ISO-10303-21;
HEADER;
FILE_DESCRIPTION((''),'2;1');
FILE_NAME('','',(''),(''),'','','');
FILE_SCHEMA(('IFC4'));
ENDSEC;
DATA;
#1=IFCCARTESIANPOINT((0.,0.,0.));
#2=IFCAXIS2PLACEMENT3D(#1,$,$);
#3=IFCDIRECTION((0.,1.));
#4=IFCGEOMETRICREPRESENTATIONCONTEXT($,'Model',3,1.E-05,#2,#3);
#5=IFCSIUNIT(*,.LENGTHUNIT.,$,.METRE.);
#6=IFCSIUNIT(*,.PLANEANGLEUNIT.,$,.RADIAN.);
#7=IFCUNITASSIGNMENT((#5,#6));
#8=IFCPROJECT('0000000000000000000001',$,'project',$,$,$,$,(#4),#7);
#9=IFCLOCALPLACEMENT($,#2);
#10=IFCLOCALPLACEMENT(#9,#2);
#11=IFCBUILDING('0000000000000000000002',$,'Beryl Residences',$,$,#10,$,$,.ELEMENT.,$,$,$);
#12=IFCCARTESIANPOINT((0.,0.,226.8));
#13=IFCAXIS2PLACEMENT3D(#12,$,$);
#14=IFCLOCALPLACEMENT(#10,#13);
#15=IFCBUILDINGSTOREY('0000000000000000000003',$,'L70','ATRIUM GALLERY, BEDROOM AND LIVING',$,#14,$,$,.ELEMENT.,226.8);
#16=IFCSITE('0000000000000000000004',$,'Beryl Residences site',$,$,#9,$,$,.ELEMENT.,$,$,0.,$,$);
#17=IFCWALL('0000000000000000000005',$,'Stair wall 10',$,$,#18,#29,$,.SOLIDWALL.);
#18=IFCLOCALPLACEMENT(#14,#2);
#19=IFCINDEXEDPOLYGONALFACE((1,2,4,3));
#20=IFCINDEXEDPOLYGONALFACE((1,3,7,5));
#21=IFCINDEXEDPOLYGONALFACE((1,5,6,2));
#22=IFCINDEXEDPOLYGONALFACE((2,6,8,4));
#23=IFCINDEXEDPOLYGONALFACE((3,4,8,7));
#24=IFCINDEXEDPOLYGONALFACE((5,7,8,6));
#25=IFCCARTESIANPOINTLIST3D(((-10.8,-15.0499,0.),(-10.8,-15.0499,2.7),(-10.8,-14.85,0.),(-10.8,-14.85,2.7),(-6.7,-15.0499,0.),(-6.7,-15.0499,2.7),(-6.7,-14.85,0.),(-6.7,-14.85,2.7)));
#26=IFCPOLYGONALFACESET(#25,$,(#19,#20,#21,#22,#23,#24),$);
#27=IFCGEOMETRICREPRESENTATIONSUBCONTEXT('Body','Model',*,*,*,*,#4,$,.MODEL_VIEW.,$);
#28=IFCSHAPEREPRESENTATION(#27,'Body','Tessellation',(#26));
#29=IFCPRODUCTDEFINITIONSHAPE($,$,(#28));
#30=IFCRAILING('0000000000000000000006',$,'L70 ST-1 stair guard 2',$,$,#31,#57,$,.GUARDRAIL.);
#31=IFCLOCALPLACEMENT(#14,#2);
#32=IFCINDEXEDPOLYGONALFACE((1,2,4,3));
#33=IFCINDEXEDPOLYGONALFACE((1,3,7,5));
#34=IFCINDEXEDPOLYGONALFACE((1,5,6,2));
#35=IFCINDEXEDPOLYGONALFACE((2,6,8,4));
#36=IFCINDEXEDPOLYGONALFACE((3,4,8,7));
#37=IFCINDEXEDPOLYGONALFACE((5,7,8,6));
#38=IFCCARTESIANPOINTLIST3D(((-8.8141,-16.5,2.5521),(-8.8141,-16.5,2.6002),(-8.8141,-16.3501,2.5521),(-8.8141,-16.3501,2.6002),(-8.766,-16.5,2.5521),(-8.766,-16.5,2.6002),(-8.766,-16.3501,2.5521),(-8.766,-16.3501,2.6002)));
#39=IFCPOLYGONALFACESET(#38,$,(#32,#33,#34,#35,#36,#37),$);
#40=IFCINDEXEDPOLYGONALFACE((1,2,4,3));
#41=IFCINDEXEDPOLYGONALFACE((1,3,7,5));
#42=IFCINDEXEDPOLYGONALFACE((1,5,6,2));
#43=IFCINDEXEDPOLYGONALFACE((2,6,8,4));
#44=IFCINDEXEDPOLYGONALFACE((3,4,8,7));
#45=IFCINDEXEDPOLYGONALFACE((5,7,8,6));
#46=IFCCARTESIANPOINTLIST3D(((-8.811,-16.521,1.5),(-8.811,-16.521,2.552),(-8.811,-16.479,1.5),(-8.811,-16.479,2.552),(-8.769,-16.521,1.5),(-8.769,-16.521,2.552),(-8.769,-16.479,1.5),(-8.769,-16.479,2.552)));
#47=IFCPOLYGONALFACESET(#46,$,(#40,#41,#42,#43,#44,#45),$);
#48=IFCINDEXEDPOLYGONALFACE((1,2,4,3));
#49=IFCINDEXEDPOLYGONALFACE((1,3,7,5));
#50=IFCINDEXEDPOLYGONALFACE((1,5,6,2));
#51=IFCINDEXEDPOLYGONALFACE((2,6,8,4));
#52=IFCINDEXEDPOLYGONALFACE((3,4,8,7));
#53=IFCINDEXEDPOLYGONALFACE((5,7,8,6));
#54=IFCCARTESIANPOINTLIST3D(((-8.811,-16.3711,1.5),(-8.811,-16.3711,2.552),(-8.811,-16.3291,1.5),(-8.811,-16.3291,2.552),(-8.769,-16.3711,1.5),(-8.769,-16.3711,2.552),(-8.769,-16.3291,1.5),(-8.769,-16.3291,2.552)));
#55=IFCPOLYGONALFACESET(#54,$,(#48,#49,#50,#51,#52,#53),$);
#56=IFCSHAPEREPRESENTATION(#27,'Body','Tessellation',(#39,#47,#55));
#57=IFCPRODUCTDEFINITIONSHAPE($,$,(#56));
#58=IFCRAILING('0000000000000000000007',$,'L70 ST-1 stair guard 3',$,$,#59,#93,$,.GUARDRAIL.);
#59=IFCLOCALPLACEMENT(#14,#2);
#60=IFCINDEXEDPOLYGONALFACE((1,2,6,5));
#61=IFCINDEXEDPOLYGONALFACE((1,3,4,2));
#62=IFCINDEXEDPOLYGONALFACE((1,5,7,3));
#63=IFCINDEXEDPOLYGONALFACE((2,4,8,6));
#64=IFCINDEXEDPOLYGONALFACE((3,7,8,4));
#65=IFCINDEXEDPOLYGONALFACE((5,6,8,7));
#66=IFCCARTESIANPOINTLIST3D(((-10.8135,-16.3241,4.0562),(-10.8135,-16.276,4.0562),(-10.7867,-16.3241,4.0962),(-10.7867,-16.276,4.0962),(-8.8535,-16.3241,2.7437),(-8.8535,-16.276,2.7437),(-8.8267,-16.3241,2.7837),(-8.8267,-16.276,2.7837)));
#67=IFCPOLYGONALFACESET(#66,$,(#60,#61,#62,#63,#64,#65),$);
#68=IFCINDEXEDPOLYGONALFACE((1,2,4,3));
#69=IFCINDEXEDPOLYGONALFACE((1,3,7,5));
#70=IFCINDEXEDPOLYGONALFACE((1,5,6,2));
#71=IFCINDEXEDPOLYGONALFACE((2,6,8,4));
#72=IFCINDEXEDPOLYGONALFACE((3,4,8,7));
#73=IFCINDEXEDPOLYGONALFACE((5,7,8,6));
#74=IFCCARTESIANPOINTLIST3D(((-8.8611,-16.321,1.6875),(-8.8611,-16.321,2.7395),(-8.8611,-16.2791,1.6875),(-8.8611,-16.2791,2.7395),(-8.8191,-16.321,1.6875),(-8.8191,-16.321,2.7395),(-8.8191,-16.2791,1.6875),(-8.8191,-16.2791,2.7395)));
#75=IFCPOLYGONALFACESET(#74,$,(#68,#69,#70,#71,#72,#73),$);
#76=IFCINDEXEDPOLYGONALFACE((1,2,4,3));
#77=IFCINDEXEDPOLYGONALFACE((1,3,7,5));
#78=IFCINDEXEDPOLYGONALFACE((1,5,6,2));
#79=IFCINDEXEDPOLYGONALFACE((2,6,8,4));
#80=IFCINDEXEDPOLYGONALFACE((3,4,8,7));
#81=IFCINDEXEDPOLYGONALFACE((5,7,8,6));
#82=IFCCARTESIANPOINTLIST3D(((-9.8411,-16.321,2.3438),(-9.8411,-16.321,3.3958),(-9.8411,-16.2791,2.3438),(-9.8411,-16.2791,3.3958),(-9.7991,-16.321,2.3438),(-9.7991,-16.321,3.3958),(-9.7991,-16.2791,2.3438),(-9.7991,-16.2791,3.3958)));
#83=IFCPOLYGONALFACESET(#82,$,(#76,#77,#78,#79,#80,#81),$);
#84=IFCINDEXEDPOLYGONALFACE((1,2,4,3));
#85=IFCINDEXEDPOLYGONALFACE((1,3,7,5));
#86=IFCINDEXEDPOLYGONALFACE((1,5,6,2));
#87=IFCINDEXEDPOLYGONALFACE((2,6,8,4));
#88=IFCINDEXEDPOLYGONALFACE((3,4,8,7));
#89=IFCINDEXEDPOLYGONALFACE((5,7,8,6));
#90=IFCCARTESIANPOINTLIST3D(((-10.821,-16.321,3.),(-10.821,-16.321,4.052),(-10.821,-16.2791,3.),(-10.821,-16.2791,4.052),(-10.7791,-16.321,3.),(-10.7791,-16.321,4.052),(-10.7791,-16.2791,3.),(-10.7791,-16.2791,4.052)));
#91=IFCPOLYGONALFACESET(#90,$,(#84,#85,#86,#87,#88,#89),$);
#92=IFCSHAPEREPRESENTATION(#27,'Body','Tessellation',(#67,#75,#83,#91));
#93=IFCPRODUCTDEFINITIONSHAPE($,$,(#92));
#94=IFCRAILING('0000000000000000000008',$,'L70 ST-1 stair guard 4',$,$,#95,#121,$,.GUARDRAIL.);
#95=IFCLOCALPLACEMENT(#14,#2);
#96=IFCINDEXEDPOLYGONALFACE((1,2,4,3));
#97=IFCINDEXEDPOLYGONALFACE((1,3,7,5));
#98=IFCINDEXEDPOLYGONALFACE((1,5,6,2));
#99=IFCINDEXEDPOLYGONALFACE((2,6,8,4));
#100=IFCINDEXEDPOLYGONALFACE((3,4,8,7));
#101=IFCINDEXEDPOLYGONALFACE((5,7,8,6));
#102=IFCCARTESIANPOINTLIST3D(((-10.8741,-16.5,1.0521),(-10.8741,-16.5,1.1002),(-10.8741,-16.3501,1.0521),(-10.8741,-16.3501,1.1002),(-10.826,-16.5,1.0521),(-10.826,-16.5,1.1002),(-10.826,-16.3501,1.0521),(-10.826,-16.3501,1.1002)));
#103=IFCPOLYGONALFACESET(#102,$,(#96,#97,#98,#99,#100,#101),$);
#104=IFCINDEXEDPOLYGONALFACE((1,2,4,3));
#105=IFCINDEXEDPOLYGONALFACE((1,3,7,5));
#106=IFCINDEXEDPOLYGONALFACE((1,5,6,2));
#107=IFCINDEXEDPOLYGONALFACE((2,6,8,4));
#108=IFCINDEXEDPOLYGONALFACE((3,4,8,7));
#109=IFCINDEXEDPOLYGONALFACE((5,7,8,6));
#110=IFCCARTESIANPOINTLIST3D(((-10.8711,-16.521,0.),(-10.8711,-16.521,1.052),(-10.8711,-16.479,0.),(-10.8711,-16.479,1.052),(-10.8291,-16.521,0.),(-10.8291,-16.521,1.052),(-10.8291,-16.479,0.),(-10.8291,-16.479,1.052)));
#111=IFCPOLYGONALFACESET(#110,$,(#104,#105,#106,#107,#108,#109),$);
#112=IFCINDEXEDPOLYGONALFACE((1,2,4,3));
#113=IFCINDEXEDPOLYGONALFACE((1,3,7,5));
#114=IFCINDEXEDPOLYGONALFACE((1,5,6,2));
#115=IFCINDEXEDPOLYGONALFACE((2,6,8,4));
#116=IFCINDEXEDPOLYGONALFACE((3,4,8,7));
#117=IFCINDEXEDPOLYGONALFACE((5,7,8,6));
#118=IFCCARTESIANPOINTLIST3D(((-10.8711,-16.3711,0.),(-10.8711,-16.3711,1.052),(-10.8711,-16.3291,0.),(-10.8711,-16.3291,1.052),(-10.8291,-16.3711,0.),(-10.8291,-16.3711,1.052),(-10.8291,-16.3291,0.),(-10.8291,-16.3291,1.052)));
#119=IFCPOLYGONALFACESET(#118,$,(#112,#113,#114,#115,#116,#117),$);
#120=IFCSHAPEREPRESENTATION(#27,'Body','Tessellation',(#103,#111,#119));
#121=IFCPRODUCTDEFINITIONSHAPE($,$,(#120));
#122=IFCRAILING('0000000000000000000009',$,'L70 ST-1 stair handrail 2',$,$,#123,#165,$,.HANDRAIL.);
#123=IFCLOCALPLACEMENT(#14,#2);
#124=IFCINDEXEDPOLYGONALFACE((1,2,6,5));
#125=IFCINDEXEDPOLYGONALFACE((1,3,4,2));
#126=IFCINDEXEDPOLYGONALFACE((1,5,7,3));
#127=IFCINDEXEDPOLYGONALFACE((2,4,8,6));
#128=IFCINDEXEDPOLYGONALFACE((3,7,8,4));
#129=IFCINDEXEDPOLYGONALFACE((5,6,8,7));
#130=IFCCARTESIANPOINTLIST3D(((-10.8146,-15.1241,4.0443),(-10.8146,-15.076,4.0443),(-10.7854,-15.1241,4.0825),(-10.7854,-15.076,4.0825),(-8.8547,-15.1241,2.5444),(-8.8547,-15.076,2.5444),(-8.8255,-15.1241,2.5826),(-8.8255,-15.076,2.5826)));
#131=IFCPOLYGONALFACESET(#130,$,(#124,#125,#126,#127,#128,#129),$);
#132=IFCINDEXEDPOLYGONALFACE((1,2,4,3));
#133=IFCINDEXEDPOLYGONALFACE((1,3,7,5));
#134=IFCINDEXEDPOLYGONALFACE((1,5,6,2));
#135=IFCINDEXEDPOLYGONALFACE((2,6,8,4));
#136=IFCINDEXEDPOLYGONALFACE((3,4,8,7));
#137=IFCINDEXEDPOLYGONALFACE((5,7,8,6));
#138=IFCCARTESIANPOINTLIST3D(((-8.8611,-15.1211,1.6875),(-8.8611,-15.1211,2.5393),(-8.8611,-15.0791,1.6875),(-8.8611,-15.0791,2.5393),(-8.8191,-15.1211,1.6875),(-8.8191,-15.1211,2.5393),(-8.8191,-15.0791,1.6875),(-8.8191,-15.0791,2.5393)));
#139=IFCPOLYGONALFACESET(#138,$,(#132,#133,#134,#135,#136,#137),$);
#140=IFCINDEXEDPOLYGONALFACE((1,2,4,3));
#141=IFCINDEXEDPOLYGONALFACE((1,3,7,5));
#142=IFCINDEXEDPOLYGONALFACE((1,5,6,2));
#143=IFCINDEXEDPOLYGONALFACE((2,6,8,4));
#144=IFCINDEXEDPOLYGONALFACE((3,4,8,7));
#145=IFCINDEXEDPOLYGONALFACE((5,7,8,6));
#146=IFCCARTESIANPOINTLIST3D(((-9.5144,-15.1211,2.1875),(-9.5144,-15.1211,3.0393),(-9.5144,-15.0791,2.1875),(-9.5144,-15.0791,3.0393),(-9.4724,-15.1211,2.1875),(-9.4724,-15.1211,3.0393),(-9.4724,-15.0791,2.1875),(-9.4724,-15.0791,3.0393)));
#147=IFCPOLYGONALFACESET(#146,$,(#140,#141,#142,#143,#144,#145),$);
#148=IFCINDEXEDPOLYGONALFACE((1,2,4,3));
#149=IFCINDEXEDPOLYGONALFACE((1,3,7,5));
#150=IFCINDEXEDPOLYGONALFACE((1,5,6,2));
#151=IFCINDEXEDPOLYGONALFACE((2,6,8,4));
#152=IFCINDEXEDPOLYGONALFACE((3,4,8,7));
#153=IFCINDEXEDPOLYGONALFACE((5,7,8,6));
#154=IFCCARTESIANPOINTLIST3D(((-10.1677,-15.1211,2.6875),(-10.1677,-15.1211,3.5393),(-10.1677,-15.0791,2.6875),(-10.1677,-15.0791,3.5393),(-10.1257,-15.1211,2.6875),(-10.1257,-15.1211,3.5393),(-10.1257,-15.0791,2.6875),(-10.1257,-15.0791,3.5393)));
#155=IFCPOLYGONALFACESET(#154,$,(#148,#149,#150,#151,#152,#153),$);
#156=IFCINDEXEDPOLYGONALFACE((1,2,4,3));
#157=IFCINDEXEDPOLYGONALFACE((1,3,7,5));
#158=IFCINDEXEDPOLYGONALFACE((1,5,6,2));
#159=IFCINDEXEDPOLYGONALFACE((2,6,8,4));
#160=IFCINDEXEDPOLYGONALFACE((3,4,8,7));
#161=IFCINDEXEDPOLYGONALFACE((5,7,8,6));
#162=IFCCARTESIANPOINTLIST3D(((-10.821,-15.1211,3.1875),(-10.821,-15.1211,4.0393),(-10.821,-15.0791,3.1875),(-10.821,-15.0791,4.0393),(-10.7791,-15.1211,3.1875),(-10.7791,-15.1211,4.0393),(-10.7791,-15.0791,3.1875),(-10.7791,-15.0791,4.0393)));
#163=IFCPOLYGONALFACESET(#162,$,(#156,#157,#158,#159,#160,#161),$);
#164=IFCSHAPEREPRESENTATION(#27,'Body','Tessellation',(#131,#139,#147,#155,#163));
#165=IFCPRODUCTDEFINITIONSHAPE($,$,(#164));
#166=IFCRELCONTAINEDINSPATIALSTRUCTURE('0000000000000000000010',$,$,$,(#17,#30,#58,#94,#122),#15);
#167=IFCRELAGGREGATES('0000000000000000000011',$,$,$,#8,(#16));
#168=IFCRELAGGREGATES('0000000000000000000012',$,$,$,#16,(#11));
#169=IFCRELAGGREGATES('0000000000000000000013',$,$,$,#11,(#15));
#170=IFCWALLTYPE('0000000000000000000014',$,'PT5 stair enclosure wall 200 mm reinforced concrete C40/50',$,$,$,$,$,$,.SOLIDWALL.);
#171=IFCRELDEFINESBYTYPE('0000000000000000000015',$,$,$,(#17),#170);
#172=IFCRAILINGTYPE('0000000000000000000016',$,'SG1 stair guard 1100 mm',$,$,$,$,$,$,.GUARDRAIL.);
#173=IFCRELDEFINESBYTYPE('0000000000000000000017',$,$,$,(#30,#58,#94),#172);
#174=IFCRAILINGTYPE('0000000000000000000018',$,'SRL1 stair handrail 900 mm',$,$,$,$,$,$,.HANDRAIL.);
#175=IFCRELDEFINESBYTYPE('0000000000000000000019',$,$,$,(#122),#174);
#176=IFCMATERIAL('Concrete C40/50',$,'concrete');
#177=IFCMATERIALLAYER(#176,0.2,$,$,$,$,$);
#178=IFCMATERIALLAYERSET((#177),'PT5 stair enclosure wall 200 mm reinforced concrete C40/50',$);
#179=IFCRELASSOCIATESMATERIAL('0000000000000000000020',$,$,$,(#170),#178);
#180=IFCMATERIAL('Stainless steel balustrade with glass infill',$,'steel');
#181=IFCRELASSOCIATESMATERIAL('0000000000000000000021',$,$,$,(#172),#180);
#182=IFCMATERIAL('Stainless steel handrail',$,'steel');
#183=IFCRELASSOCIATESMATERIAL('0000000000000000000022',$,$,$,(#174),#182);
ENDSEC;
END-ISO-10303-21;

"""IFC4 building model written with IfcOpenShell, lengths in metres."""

from ifc_helpers import new_model, si_unit, direction, frame, frame_2d, origin, origin_2d, place, context, subcontext, project, spatial, rectangle, extrude, material, layer, layer_set, type_object, element, save


model = new_model("IFC4")

# Units and contexts
model_context = context("Model", 3, precision=1e-05, world=origin(), true_north=direction((0.0, 1.0)))
body_context = subcontext(model_context, "Body", "Model", "MODEL_VIEW")
ifc_project = project(units=[si_unit("LENGTHUNIT", "METRE"), si_unit("PLANEANGLEUNIT", "RADIAN")], contexts=[model_context])

# Site, building, storey
site_placement = place(None, origin())
site = spatial("IfcSite", under=ifc_project, at=site_placement, Name="Beryl Residences site", CompositionType="ELEMENT", RefElevation=0.0)
building_placement = place(site_placement, origin())
building = spatial("IfcBuilding", under=site, at=building_placement, Name="Beryl Residences", CompositionType="ELEMENT")
storey_placement = place(building_placement, frame((0.0, 0.0, 226.8)))
storey = spatial("IfcBuildingStorey", under=building, at=storey_placement, Name="L70", Description="ATRIUM GALLERY, BEDROOM AND LIVING", CompositionType="ELEMENT", Elevation=226.8)

# Wall
ifc_material_1 = material(Name="Concrete C40/50", Category="concrete")
ifc_layer = layer(ifc_material_1, 0.2)
ifc_layer_set = layer_set([ifc_layer], Name="PT5 stair enclosure wall 200 mm reinforced concrete C40/50")
wall_type = type_object("IfcWallType", Name="PT5 stair enclosure wall 200 mm reinforced concrete C40/50", PredefinedType="SOLIDWALL", material=ifc_layer_set)
wall_placement = place(storey_placement, frame((-10.8, -14.95, 0.0), z_axis=(0.0, 0.0, 1.0), x_axis=(1.0, 0.0, 0.0)))
element("IfcWall", 1, at=wall_placement, inside=storey, type_object=wall_type, Name="Stair wall 10", PredefinedType="SOLIDWALL", context=body_context, shape_type="SweptSolid", body=[
    extrude(rectangle(XDim=4.1001, YDim=0.2, at=frame_2d((2.05, 0.0))), origin(), (0.0, 0.0, 1.0), 2.7),
])

# Railings
ifc_material_2 = material(Name="Stainless steel balustrade with glass infill", Category="steel")
railing_type_1 = type_object("IfcRailingType", Name="SG1 stair guard 1100 mm", PredefinedType="GUARDRAIL", material=ifc_material_2)
railing_1_placement = place(storey_placement, frame((-8.79, -16.5, 1.5)))
element("IfcRailing", 2, at=railing_1_placement, inside=storey, type_object=railing_type_1, Name="L70 ST-1 stair guard 2", PredefinedType="GUARDRAIL", context=body_context, shape_type="SweptSolid", body=[
    extrude(rectangle(XDim=0.0481, YDim=0.0481, at=origin_2d()), frame((0.0, 0.0, 1.0762), z_axis=(0.0, 1.0, 0.0), x_axis=(-1.0, 0.0, 0.0)), (0.0, 0.0, 1.0), 0.1499),
    extrude(rectangle(XDim=0.042, YDim=0.042, at=origin_2d()), origin(), (0.0, 0.0, 1.0), 1.052),
    extrude(rectangle(XDim=0.042, YDim=0.042, at=origin_2d()), frame((0.0, 0.1499, 0.0)), (0.0, 0.0, 1.0), 1.052),
])
railing_2_placement = place(storey_placement, frame((-8.8401, -16.3, 1.6875)))
element("IfcRailing", 3, at=railing_2_placement, inside=storey, type_object=railing_type_1, Name="L70 ST-1 stair guard 3", PredefinedType="GUARDRAIL", context=body_context, shape_type="SweptSolid", body=[
    extrude(rectangle(XDim=0.0481, YDim=0.0481, at=origin_2d()), frame((0.0, 0.0, 1.0762), z_axis=(-0.830902, 0.0, 0.556419), x_axis=(0.0, -1.0, 0.0)), (0.0, 0.0, 1.0), 2.3589),
    extrude(rectangle(XDim=0.042, YDim=0.042, at=origin_2d()), origin(), (0.0, 0.0, 1.0), 1.052),
    extrude(rectangle(XDim=0.042, YDim=0.042, at=origin_2d()), frame((-0.98, 0.0, 0.6562)), (0.0, 0.0, 1.0), 1.052),
    extrude(rectangle(XDim=0.042, YDim=0.042, at=origin_2d()), frame((-1.96, 0.0, 1.3125)), (0.0, 0.0, 1.0), 1.052),
])
railing_3_placement = place(storey_placement, frame((-10.8501, -16.5, 0.0)))
element("IfcRailing", 4, at=railing_3_placement, inside=storey, type_object=railing_type_1, Name="L70 ST-1 stair guard 4", PredefinedType="GUARDRAIL", context=body_context, shape_type="SweptSolid", body=[
    extrude(rectangle(XDim=0.0481, YDim=0.0481, at=origin_2d()), frame((0.0, 0.0, 1.0762), z_axis=(0.0, 1.0, 0.0), x_axis=(-1.0, 0.0, 0.0)), (0.0, 0.0, 1.0), 0.1499),
    extrude(rectangle(XDim=0.042, YDim=0.042, at=origin_2d()), origin(), (0.0, 0.0, 1.0), 1.052),
    extrude(rectangle(XDim=0.042, YDim=0.042, at=origin_2d()), frame((0.0, 0.1499, 0.0)), (0.0, 0.0, 1.0), 1.052),
])
ifc_material_3 = material(Name="Stainless steel handrail", Category="steel")
railing_type_2 = type_object("IfcRailingType", Name="SRL1 stair handrail 900 mm", PredefinedType="HANDRAIL", material=ifc_material_3)
railing_4_placement = place(storey_placement, frame((-8.8401, -15.1001, 1.6875)))
element("IfcRailing", 5, at=railing_4_placement, inside=storey, type_object=railing_type_2, Name="L70 ST-1 stair handrail 2", PredefinedType="HANDRAIL", context=body_context, shape_type="SweptSolid", body=[
    extrude(rectangle(XDim=0.0481, YDim=0.0481, at=origin_2d()), frame((0.0, 0.0, 0.876), z_axis=(-0.794122, 0.0, 0.607758), x_axis=(0.0, -1.0, 0.0)), (0.0, 0.0, 1.0), 2.468),
    extrude(rectangle(XDim=0.042, YDim=0.042, at=origin_2d()), origin(), (0.0, 0.0, 1.0), 0.8518),
    extrude(rectangle(XDim=0.042, YDim=0.042, at=origin_2d()), frame((-0.6533, 0.0, 0.5)), (0.0, 0.0, 1.0), 0.8518),
    extrude(rectangle(XDim=0.042, YDim=0.042, at=origin_2d()), frame((-1.3066, 0.0, 1.0)), (0.0, 0.0, 1.0), 0.8518),
    extrude(rectangle(XDim=0.042, YDim=0.042, at=origin_2d()), frame((-1.96, 0.0, 1.5)), (0.0, 0.0, 1.0), 0.8518),
])

save(model, "model.ifc")
